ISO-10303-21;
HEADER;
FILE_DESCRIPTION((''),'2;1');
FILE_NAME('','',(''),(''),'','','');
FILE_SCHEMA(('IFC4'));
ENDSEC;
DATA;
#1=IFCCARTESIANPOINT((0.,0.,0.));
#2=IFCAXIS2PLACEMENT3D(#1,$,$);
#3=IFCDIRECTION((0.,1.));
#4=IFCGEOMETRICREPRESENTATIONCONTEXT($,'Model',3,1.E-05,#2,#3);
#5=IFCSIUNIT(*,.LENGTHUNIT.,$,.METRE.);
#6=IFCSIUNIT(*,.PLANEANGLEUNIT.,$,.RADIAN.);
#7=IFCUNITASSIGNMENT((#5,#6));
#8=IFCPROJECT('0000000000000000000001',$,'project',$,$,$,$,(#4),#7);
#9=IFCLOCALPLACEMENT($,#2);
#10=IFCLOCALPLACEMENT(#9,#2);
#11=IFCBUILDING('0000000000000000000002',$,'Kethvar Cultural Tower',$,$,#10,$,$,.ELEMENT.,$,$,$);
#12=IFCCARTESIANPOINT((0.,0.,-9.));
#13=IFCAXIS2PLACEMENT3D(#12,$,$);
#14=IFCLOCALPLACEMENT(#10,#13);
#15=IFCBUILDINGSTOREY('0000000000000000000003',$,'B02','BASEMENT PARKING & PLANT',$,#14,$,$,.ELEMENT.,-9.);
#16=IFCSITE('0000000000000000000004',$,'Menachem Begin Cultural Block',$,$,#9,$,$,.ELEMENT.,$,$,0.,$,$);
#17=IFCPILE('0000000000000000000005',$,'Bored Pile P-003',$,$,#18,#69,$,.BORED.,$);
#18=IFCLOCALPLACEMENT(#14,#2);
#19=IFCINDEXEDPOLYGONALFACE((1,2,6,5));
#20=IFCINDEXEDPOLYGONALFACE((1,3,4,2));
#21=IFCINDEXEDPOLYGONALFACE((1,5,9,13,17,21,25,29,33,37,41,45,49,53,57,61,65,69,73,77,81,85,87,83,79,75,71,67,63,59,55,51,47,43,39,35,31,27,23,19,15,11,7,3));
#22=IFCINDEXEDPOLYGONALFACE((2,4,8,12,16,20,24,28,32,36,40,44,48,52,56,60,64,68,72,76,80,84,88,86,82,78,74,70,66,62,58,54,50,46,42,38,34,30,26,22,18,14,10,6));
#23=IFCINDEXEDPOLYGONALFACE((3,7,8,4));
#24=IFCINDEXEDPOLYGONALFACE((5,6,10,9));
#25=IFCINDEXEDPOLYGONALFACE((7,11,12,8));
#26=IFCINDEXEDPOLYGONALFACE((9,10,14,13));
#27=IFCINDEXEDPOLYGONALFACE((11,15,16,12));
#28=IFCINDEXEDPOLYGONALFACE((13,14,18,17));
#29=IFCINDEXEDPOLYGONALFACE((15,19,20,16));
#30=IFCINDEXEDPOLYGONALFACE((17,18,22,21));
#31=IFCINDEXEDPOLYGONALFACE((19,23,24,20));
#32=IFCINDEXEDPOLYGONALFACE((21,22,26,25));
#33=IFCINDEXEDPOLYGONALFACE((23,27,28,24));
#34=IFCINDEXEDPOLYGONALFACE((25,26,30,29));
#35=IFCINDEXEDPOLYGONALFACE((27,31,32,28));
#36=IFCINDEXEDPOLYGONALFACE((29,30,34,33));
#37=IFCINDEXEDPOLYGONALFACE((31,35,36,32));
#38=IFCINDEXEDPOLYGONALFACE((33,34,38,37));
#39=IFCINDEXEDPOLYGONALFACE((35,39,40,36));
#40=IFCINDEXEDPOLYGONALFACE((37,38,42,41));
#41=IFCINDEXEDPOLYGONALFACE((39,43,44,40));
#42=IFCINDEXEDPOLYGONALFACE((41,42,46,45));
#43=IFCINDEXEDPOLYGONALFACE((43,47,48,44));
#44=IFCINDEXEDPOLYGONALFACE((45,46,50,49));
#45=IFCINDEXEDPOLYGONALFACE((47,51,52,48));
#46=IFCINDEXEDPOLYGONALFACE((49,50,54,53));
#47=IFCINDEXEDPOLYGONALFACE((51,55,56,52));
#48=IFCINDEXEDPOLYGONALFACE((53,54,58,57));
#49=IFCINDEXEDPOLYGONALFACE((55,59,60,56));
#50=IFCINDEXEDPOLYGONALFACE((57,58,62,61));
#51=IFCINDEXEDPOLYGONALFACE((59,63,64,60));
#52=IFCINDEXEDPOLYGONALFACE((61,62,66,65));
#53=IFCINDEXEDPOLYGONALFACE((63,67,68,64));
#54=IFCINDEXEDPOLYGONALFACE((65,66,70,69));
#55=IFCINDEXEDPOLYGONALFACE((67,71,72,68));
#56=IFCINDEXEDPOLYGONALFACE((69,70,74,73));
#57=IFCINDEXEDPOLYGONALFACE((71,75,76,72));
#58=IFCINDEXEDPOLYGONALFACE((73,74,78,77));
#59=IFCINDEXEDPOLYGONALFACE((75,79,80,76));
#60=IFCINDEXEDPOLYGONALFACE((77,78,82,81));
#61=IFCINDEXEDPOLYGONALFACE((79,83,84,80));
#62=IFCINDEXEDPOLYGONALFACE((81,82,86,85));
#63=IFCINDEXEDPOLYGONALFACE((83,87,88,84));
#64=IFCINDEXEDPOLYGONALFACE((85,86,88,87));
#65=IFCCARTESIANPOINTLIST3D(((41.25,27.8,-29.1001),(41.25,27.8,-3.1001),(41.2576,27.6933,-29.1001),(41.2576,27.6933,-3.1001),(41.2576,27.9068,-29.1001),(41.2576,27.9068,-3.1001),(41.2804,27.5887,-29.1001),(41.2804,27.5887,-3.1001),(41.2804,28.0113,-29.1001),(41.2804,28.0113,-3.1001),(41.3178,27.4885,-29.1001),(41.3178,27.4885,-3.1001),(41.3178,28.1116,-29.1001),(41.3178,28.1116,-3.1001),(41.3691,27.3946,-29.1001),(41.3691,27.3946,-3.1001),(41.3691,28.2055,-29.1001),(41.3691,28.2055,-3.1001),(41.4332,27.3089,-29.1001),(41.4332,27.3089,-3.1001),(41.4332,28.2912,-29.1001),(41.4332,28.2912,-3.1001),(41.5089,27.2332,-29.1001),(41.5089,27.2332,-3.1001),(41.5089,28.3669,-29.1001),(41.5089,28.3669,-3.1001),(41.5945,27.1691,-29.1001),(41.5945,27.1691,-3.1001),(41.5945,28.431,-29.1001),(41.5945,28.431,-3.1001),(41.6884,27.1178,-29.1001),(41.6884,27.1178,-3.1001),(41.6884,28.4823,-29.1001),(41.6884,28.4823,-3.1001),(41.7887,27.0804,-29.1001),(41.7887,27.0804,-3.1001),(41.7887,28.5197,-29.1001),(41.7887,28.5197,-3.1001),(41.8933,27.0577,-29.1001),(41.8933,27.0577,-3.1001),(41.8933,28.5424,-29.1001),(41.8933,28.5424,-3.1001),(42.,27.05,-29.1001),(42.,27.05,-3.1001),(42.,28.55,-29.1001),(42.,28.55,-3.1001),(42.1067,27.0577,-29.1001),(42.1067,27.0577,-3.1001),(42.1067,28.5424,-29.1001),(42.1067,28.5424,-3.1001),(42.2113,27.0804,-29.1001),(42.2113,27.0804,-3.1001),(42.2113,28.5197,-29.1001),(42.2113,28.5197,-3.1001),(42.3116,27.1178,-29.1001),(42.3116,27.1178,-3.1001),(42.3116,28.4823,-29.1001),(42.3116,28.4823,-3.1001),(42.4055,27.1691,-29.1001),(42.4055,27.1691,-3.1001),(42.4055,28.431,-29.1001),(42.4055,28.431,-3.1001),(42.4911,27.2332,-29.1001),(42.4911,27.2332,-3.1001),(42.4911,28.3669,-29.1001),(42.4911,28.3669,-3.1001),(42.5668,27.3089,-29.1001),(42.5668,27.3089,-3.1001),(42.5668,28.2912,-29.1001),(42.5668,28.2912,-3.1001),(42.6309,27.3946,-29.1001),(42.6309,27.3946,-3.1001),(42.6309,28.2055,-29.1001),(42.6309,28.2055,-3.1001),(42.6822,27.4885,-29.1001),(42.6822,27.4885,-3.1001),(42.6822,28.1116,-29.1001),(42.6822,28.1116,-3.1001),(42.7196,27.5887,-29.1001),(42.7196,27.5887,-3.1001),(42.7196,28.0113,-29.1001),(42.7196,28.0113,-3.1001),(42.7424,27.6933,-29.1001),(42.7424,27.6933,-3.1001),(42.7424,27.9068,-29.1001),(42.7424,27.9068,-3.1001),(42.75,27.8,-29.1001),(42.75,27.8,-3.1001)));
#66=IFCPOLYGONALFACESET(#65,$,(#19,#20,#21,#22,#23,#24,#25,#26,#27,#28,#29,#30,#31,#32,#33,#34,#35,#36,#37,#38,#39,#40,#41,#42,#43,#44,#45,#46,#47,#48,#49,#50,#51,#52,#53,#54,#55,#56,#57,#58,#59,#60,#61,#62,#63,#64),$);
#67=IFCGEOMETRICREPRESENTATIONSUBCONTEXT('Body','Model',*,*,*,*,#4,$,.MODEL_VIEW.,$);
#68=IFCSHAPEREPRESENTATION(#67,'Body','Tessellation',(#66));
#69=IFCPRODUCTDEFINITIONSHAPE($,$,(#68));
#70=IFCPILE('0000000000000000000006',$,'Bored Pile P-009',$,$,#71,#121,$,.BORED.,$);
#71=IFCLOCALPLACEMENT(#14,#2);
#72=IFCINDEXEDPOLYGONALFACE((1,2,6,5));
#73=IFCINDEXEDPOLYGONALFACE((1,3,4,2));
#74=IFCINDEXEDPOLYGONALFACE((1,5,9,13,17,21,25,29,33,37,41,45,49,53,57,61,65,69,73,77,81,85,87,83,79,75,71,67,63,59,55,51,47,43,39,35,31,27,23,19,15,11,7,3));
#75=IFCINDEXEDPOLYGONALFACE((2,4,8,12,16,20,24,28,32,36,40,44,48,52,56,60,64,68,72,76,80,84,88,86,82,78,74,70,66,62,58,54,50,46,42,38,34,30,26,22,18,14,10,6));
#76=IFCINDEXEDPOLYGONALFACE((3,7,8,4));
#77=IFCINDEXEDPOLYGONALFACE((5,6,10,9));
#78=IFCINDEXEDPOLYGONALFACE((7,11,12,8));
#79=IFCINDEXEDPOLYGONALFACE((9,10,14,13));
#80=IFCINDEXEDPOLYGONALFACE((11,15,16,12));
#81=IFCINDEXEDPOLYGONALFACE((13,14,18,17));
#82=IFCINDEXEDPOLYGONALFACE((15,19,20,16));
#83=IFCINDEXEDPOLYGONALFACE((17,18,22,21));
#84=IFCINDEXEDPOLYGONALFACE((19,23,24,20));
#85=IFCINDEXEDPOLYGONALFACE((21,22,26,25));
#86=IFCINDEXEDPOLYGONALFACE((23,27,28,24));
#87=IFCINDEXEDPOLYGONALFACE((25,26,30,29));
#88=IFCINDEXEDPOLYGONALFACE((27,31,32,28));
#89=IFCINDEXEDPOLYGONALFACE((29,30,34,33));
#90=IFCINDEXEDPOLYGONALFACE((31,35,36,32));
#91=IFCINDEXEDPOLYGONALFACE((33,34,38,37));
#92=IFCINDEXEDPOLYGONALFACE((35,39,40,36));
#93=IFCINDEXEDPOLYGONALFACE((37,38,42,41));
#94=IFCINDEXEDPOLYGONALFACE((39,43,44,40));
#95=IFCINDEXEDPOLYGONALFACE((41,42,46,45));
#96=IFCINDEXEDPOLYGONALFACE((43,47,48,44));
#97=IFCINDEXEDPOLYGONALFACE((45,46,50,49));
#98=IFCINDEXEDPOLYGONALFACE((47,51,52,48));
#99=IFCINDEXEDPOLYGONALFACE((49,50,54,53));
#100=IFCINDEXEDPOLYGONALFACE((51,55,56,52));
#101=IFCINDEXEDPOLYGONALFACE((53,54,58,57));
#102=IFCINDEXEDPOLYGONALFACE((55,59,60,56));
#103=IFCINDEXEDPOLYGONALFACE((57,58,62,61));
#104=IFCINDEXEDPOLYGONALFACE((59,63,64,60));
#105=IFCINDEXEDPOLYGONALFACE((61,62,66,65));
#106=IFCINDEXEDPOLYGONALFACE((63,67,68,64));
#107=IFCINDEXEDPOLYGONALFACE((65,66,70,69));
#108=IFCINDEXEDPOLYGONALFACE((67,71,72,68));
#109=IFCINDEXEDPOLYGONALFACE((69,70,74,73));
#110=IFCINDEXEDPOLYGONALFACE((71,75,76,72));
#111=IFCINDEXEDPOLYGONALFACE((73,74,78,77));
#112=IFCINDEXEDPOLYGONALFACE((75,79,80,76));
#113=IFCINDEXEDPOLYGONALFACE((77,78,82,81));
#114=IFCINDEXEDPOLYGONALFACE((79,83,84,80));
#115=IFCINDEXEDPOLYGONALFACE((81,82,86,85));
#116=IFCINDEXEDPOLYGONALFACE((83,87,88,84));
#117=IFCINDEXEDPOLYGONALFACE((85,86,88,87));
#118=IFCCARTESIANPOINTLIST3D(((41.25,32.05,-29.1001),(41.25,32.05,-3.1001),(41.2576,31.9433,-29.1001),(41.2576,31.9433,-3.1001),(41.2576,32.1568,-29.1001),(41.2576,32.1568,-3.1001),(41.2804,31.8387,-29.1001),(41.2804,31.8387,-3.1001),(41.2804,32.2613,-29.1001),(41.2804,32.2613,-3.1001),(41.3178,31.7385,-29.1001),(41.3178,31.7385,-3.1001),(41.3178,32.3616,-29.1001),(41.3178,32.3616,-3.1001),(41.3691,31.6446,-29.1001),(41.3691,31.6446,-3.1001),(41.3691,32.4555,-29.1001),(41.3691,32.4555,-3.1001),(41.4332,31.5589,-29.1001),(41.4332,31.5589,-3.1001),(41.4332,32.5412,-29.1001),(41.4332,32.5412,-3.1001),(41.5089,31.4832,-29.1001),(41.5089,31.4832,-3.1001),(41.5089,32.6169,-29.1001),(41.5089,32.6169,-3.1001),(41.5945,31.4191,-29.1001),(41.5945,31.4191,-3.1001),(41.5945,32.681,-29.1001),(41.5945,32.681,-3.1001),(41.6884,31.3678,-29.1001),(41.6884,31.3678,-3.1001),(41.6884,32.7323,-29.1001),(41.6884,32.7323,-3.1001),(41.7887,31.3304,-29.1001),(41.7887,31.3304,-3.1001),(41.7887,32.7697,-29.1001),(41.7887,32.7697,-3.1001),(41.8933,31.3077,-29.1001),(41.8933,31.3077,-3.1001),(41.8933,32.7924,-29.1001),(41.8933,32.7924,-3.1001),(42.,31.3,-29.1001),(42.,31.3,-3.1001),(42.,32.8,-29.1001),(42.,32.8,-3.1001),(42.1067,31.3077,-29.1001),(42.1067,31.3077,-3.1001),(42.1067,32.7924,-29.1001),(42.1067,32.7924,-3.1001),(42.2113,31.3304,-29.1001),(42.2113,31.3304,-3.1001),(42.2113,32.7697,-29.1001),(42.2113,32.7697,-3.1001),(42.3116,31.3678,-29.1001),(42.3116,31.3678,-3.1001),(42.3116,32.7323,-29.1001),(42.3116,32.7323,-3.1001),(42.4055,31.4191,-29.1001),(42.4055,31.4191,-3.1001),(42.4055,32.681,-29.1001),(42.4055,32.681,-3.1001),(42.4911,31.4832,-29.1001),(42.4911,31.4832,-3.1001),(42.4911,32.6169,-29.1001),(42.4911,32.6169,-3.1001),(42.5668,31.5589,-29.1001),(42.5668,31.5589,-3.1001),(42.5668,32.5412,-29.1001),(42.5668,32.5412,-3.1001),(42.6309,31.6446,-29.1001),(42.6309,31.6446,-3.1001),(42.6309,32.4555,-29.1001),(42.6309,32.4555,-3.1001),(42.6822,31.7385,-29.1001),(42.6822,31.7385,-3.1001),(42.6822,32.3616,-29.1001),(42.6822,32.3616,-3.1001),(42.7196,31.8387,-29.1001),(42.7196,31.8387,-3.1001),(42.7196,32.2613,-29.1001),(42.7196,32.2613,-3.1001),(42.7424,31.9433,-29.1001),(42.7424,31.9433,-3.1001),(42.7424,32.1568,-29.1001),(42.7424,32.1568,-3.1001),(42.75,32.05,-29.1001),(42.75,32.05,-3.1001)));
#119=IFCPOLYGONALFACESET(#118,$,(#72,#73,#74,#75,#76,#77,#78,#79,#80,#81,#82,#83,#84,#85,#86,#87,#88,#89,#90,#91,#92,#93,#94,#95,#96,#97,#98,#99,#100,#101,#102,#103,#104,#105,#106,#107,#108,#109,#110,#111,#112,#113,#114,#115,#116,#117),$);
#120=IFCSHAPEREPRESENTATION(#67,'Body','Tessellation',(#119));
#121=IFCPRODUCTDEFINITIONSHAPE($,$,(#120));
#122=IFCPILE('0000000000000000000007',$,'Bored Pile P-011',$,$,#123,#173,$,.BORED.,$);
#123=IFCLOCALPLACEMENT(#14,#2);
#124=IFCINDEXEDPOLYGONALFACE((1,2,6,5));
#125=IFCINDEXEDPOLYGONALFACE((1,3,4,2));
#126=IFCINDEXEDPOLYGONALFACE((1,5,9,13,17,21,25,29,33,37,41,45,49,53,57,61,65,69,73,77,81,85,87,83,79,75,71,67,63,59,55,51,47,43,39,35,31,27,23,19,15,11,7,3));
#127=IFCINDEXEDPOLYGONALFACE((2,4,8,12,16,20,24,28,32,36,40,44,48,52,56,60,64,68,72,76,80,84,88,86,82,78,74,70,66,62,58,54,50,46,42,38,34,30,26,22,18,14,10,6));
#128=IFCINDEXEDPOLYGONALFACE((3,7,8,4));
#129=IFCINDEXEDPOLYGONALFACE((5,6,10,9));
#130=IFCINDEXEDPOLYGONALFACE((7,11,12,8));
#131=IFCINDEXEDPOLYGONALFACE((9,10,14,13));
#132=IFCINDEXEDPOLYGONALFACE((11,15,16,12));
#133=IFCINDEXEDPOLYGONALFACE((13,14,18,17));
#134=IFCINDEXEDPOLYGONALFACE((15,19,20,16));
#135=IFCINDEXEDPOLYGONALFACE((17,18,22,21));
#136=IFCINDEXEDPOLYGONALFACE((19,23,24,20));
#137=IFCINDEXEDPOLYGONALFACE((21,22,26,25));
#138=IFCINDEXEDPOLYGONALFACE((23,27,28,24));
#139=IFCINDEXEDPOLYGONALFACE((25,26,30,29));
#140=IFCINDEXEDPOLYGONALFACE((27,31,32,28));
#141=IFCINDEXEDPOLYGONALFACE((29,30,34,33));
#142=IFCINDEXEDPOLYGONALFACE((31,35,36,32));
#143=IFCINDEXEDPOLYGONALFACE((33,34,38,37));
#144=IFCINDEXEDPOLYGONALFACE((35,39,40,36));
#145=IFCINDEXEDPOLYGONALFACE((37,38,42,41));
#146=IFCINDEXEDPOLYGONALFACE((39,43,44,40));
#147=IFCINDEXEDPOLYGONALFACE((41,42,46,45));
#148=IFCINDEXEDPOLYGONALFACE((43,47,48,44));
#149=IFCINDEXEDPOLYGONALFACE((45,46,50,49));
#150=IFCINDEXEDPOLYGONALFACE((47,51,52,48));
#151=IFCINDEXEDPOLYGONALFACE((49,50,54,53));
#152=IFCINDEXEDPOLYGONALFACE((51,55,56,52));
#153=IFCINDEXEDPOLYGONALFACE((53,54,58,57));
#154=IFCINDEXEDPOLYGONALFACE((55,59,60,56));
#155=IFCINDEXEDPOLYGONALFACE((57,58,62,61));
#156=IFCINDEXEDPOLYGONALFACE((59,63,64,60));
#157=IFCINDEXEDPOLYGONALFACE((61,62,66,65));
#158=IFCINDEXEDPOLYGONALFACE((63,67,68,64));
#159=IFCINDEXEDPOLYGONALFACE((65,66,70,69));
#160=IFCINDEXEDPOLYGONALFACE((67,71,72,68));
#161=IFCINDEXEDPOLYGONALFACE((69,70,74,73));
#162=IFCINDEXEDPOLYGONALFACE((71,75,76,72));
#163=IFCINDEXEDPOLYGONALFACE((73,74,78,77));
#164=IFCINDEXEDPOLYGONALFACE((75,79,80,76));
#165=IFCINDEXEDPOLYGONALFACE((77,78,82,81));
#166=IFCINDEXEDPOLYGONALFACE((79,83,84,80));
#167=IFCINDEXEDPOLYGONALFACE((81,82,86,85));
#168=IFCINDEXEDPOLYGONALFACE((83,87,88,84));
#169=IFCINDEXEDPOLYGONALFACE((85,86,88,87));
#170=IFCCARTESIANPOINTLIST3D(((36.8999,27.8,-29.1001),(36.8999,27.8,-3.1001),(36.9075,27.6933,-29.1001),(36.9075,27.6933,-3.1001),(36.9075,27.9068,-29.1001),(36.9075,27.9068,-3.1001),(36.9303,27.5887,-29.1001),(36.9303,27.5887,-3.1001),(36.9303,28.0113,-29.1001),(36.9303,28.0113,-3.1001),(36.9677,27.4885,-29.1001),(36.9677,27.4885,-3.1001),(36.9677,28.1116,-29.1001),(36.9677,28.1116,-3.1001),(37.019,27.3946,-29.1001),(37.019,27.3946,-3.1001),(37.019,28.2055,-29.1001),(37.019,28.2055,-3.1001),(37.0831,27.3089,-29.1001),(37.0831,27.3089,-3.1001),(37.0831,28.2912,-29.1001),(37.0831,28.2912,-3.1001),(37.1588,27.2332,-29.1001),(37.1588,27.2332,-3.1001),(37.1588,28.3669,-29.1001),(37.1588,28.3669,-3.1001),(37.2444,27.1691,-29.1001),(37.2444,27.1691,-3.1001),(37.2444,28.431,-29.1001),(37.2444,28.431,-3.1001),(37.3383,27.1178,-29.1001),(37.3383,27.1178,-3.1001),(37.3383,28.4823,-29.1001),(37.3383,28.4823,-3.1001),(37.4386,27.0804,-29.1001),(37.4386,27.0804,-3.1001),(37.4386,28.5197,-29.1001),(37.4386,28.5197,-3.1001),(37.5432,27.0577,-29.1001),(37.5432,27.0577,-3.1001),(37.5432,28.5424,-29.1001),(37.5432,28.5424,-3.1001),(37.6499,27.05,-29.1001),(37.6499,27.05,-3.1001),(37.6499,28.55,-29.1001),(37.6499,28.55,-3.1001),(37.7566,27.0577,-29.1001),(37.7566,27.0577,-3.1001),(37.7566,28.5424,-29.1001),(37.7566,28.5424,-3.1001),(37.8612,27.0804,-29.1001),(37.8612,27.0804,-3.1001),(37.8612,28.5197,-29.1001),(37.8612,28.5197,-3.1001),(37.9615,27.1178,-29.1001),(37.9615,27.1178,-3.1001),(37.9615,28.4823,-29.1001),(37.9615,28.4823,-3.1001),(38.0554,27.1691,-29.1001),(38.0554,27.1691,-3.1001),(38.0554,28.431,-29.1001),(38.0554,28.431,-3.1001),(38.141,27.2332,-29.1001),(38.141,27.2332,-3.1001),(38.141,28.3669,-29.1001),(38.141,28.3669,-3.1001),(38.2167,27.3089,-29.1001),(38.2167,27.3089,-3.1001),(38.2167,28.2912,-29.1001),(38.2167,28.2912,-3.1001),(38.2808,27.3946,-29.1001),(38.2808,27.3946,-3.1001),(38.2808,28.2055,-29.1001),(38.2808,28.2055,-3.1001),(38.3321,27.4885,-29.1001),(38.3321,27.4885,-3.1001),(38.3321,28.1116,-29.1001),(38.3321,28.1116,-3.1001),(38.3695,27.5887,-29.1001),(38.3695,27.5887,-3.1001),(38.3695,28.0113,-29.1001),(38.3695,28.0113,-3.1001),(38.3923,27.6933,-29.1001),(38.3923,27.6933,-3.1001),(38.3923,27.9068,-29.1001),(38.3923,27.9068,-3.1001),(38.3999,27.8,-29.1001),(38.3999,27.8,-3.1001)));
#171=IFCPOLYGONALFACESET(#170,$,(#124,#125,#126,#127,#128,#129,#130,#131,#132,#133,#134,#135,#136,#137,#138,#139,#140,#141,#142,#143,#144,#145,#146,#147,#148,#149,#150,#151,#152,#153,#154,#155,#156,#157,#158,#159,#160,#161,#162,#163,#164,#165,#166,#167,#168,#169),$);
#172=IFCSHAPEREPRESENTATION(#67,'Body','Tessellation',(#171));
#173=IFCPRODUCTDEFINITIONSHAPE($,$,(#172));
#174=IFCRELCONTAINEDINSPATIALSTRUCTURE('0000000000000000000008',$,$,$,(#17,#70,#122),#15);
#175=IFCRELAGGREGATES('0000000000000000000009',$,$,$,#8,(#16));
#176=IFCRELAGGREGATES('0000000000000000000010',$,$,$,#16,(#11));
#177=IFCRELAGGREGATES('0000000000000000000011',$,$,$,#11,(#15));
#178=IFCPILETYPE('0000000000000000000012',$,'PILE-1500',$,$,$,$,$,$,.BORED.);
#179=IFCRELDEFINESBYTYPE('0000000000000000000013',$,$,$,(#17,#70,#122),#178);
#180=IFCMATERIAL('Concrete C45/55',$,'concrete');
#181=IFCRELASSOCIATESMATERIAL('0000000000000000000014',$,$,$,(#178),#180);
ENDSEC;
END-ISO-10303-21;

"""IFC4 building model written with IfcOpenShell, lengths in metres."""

from ifc_helpers import new_model, si_unit, direction, frame, origin, origin_2d, place, context, subcontext, project, spatial, circle, extrude, source, transform, mapped, material, material_profile, profile_set, type_object, element, save


model = new_model("IFC4")

# Units and contexts
model_context = context("Model", 3, precision=1e-05, world=origin(), true_north=direction((0.0, 1.0)))
body_context = subcontext(model_context, "Body", "Model", "MODEL_VIEW")
ifc_project = project(units=[si_unit("LENGTHUNIT", "METRE"), si_unit("PLANEANGLEUNIT", "RADIAN")], contexts=[model_context])

# Site, building, storey
site_placement = place(None, origin())
site = spatial("IfcSite", under=ifc_project, at=site_placement, Name="Menachem Begin Cultural Block", CompositionType="ELEMENT", RefElevation=0.0)
building_placement = place(site_placement, origin())
building = spatial("IfcBuilding", under=site, at=building_placement, Name="Kethvar Cultural Tower", CompositionType="ELEMENT")
storey_placement = place(building_placement, frame((0.0, 0.0, -9.0)))
storey = spatial("IfcBuildingStorey", under=building, at=storey_placement, Name="B02", Description="BASEMENT PARKING & PLANT", CompositionType="ELEMENT", Elevation=-9.0)

# Piles
ifc_material_1 = material(Name="Concrete C45/55", Category="concrete")
ifc_material_profile_1 = material_profile(ifc_material_1, circle(Radius=0.75, at=origin_2d()), Name="Concrete C45/55 — PILE1500")
ifc_profile_set_1 = profile_set([ifc_material_profile_1], Name="Concrete C45/55 — PILE1500")
pile_type = type_object("IfcPileType", Name="PILE-1500", PredefinedType="BORED", material=ifc_profile_set_1)
shared_shape_1 = source(origin(), body_context, "Body", "SweptSolid", [
    extrude(circle(Radius=0.75, at=origin_2d()), origin(), (0.0, 0.0, 1.0), 26.0),
])
for number, where, z_axis, x_axis, name in (
    (1, (42.0, 27.8, -3.1001), (0.0, 0.0, -1.0), (1.0, 0.0, 0.0), "Bored Pile P-003"),
    (2, (42.0, 32.05, -3.1001), (0.0, 0.0, -1.0), (1.0, 0.0, 0.0), "Bored Pile P-009"),
    (3, (37.6499, 27.8, -3.1001), (0.0, 0.0, -1.0), (1.0, 0.0, 0.0), "Bored Pile P-011"),
):
    element("IfcPile", number, at=place(storey_placement, frame(where, z_axis=z_axis, x_axis=x_axis)), inside=storey, type_object=pile_type, Name=name, PredefinedType="BORED", context=body_context, shape_type="MappedRepresentation", body=[
        mapped(shared_shape_1, transform((0.0, 0.0, 0.0), scale=1.0)),
    ])

save(model, "model.ifc")
